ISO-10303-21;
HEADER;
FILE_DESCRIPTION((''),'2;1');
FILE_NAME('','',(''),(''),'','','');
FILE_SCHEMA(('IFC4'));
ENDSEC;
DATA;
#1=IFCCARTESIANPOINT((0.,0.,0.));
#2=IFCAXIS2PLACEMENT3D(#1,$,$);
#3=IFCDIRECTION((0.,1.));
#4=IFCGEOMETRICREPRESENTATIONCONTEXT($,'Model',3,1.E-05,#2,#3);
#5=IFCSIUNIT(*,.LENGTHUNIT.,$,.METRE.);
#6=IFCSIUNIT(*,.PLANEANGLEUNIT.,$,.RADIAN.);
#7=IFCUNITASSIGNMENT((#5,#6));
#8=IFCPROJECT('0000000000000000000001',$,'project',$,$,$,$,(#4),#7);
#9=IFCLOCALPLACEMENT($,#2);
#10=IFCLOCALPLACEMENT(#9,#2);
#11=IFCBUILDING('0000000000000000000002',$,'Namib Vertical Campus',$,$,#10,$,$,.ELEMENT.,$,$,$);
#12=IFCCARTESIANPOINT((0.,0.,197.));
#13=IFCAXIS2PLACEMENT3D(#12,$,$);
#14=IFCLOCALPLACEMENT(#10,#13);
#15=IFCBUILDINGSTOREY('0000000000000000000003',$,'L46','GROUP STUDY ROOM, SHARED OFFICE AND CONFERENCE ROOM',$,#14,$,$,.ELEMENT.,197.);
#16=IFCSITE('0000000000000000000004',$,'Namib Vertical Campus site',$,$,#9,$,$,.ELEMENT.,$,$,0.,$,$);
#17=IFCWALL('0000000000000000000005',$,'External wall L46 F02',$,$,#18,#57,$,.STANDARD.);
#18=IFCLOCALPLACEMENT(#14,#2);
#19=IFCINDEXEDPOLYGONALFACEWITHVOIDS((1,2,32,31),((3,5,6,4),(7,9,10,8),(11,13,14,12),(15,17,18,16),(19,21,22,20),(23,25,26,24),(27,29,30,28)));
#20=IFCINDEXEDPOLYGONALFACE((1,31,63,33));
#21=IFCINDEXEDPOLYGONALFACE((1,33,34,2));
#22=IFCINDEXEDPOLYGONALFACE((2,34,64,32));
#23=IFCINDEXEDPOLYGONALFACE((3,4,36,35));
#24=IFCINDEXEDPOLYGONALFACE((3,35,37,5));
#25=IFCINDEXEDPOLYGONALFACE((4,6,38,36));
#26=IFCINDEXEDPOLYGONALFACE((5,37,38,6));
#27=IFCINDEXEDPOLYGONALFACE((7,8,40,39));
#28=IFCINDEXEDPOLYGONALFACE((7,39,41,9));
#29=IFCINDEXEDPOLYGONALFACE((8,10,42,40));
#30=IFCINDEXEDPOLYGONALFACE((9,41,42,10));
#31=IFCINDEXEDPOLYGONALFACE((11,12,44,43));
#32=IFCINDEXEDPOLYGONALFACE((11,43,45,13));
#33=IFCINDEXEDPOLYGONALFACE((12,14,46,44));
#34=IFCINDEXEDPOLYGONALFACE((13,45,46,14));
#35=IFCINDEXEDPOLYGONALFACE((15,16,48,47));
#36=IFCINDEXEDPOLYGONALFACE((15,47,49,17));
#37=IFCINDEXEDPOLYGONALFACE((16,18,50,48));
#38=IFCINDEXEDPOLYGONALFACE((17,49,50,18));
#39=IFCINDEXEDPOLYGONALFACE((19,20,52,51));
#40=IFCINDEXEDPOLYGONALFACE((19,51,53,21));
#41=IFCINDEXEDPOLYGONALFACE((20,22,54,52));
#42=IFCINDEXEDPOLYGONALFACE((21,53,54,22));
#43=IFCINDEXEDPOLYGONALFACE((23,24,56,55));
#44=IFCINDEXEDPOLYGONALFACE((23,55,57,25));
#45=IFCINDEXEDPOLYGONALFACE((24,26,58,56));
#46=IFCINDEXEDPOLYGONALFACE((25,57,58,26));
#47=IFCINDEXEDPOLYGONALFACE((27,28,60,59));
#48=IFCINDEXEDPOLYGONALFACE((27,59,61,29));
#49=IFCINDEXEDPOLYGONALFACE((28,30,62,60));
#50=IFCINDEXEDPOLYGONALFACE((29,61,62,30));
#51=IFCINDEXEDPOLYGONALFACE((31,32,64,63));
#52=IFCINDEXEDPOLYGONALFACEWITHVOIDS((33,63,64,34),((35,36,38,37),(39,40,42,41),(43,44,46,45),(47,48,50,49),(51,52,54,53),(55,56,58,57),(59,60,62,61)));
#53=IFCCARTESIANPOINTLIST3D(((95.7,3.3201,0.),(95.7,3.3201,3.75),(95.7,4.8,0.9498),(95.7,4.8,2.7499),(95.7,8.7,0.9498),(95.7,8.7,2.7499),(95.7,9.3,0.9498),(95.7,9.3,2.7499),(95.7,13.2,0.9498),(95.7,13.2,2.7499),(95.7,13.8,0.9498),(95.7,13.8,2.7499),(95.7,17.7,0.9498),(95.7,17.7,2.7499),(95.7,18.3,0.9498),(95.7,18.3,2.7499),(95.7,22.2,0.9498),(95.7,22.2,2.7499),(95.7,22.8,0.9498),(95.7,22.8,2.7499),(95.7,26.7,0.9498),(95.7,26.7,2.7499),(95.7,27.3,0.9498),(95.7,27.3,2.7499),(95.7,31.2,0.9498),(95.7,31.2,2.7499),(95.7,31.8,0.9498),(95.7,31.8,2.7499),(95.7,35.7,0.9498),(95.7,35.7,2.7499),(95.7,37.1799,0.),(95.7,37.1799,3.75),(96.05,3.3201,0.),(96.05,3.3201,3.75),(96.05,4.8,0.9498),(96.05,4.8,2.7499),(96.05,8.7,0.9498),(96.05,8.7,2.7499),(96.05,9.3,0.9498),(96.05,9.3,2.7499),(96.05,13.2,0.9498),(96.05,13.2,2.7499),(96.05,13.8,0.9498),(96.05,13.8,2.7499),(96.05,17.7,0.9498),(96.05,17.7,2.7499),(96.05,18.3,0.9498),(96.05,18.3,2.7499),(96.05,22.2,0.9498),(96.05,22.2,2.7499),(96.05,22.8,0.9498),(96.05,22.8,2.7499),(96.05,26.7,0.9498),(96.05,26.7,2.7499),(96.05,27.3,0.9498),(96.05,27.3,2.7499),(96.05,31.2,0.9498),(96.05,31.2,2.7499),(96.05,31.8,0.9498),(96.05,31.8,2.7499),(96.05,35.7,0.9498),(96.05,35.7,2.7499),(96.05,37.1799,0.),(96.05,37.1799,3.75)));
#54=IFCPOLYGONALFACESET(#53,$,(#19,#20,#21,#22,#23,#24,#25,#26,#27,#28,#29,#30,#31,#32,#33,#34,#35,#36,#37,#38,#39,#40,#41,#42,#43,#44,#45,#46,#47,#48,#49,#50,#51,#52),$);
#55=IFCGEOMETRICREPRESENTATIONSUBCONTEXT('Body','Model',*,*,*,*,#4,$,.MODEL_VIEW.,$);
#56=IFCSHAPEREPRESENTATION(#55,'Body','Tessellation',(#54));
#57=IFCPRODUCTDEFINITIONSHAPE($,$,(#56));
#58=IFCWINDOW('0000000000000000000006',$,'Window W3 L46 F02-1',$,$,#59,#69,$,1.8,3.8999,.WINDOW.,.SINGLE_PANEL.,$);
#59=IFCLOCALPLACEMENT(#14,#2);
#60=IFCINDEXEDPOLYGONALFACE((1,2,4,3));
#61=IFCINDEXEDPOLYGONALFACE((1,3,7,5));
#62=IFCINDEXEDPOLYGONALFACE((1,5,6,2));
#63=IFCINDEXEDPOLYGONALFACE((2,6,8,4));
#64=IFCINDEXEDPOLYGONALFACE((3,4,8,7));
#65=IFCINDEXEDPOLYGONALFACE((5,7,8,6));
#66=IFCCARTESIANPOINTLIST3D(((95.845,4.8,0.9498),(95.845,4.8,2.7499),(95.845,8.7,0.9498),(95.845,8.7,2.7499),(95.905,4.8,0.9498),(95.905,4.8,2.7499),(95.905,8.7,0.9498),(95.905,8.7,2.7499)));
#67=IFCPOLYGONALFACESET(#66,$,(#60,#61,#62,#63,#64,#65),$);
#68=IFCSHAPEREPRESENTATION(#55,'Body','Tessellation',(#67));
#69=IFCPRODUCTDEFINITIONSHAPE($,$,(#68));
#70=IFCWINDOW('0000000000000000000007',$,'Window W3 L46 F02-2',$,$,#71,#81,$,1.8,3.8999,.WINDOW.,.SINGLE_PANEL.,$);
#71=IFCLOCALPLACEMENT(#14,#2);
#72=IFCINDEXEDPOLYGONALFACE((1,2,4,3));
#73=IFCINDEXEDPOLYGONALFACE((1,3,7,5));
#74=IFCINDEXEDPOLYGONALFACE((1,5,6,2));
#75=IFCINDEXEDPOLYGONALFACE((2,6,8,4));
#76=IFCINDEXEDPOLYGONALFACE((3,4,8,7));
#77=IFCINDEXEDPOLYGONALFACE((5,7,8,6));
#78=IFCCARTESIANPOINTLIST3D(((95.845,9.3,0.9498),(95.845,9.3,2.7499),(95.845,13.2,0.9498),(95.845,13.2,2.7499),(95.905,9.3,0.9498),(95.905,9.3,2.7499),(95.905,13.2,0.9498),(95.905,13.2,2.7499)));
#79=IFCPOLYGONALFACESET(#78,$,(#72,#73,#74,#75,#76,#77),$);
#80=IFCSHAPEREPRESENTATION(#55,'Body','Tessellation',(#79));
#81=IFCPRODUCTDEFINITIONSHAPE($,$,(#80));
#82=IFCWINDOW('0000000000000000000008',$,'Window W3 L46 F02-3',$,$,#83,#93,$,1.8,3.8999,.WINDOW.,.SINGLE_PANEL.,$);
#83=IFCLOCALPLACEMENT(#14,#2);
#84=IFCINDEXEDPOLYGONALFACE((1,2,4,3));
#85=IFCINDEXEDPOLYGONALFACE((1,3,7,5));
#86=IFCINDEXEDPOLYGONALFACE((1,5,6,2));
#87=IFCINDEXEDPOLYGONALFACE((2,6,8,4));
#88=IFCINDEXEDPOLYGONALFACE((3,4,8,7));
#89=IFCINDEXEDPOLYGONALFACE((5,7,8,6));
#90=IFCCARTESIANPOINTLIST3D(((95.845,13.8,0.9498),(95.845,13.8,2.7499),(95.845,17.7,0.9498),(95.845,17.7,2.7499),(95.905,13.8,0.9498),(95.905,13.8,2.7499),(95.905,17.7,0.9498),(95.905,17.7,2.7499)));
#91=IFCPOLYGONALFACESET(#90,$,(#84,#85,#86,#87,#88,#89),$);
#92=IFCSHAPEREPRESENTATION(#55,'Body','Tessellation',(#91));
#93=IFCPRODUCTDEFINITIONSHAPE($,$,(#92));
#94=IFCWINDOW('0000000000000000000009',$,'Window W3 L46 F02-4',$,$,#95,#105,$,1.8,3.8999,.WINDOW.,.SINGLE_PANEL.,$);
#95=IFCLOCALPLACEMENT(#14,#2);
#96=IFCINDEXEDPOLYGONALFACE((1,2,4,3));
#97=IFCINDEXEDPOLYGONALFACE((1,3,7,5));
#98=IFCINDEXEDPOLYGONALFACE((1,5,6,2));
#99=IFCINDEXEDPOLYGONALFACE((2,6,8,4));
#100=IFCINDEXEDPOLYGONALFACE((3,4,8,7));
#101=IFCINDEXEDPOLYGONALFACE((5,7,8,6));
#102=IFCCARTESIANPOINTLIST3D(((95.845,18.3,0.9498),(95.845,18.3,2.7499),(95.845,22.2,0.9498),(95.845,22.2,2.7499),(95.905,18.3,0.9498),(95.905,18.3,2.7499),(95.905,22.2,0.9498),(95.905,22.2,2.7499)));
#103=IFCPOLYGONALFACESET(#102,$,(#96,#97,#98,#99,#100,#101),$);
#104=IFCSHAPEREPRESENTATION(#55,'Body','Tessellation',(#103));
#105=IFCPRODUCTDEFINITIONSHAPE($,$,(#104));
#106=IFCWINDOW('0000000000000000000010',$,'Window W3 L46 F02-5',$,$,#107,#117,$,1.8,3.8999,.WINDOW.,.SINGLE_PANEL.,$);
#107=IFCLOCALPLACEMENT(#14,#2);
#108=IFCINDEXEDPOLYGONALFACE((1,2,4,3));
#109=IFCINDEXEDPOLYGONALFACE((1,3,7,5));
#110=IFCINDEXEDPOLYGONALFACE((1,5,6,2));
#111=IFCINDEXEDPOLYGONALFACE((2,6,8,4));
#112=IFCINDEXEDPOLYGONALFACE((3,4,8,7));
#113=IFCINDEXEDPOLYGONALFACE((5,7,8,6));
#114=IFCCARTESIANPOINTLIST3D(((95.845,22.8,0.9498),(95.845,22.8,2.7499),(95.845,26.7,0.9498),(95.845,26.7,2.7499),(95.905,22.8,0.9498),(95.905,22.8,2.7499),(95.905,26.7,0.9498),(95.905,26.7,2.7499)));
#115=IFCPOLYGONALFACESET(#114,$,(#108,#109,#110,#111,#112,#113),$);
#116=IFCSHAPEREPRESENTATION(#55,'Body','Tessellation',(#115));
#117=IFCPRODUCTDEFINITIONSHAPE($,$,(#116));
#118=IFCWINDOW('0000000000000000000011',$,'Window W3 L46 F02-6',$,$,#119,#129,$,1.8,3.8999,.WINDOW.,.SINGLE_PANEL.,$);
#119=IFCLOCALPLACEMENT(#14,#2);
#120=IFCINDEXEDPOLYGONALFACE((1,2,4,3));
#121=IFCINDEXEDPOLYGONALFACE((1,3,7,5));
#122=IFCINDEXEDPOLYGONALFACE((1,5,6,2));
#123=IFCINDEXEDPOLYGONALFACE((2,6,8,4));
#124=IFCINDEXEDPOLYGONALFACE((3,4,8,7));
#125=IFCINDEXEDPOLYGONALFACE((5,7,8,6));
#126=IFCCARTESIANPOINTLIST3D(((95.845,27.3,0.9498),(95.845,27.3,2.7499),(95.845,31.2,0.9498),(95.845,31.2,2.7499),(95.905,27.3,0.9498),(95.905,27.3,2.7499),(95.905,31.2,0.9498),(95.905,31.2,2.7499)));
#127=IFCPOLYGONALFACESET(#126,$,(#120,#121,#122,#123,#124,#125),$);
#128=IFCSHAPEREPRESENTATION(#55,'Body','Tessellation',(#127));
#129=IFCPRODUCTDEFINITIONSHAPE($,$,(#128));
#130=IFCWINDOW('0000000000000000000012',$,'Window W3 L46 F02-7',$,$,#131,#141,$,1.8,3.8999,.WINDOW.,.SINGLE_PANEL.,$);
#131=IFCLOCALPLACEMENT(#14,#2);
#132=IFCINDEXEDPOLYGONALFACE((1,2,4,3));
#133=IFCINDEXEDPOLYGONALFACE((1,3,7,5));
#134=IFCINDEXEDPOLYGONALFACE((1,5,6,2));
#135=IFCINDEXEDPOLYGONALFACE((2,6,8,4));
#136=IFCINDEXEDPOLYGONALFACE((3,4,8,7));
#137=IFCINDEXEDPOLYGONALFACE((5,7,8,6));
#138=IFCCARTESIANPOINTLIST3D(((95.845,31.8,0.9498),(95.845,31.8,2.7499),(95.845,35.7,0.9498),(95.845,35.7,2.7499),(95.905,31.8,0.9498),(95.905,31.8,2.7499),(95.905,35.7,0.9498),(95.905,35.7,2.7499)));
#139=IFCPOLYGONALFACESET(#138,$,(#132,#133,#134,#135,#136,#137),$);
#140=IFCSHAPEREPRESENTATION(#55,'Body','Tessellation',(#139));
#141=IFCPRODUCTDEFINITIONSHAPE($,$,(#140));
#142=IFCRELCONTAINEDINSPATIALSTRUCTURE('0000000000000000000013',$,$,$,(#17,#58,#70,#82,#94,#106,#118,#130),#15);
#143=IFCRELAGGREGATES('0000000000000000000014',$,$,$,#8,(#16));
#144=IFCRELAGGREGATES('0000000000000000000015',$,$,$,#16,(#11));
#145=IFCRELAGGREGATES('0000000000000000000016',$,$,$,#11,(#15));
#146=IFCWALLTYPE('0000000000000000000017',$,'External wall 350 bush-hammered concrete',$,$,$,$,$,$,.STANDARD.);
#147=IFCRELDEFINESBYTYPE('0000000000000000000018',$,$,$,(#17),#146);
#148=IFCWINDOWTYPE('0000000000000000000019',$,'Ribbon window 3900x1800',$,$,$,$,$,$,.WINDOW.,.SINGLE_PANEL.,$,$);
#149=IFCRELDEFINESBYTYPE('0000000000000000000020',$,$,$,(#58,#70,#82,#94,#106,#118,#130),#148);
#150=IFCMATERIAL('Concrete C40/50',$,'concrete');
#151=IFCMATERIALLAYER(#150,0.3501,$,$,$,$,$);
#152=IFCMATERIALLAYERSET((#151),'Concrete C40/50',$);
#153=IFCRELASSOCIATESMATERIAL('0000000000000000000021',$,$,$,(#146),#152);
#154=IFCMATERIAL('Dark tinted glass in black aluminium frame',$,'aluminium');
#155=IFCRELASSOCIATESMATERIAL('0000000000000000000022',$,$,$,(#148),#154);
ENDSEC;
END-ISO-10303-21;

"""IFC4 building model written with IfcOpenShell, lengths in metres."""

from ifc_helpers import new_model, si_unit, direction, frame, frame_2d, origin, place, context, subcontext, project, spatial, rectangle, extrude, material, layer, layer_set, type_object, element, fill, save


model = new_model("IFC4")

# Units and contexts
model_context = context("Model", 3, precision=1e-05, world=origin(), true_north=direction((0.0, 1.0)))
body_context = subcontext(model_context, "Body", "Model", "MODEL_VIEW")
ifc_project = project(units=[si_unit("LENGTHUNIT", "METRE"), si_unit("PLANEANGLEUNIT", "RADIAN")], contexts=[model_context])

# Site, building, storey
site_placement = place(None, origin())
site = spatial("IfcSite", under=ifc_project, at=site_placement, Name="Namib Vertical Campus site", CompositionType="ELEMENT", RefElevation=0.0)
building_placement = place(site_placement, origin())
building = spatial("IfcBuilding", under=site, at=building_placement, Name="Namib Vertical Campus", CompositionType="ELEMENT")
storey_placement = place(building_placement, frame((0.0, 0.0, 197.0)))
storey = spatial("IfcBuildingStorey", under=building, at=storey_placement, Name="L46", Description="GROUP STUDY ROOM, SHARED OFFICE AND CONFERENCE ROOM", CompositionType="ELEMENT", Elevation=197.0)

# Wall, openings, windows
ifc_material_1 = material(Name="Concrete C40/50", Category="concrete")
ifc_layer_1 = layer(ifc_material_1, 0.3501)
ifc_layer_set_1 = layer_set([ifc_layer_1], Name="Concrete C40/50")
wall_type_1 = type_object("IfcWallType", Name="External wall 350 bush-hammered concrete", PredefinedType="STANDARD", material=ifc_layer_set_1)
wall_1_placement = place(storey_placement, frame((95.875, 3.3201, 0.0), z_axis=(0.0, 0.0, 1.0), x_axis=(0.0, 1.0, 0.0)))
wall_1 = element("IfcWall", 1, at=wall_1_placement, inside=storey, type_object=wall_type_1, Name="External wall L46 F02", PredefinedType="STANDARD", context=body_context, shape_type="SweptSolid", body=[
    extrude(rectangle(XDim=33.8599, YDim=0.3501, at=frame_2d((16.9299, 0.0))), origin(), (0.0, 0.0, 1.0), 3.75),
])
opening_1_placement = place(wall_1_placement, frame((1.48, 0.0, 0.95)))
opening_1 = element("IfcOpeningElement", 2, at=opening_1_placement, cuts=wall_1, PredefinedType="OPENING", context=body_context, shape_type="SweptSolid", body=[
    extrude(rectangle(XDim=3.8999, YDim=1.8, at=frame_2d((1.95, 0.8999))), frame((0.0, 0.1851, 0.0), z_axis=(0.0, -1.0, 0.0), x_axis=(1.0, 0.0, 0.0)), (0.0, 0.0, 1.0), 0.3701),
])
opening_2_placement = place(wall_1_placement, frame((5.98, 0.0, 0.95)))
opening_2 = element("IfcOpeningElement", 3, at=opening_2_placement, cuts=wall_1, PredefinedType="OPENING", context=body_context, shape_type="SweptSolid", body=[
    extrude(rectangle(XDim=3.8999, YDim=1.8, at=frame_2d((1.95, 0.8999))), frame((0.0, 0.1851, 0.0), z_axis=(0.0, -1.0, 0.0), x_axis=(1.0, 0.0, 0.0)), (0.0, 0.0, 1.0), 0.3701),
])
opening_3_placement = place(wall_1_placement, frame((10.48, 0.0, 0.95)))
opening_3 = element("IfcOpeningElement", 4, at=opening_3_placement, cuts=wall_1, PredefinedType="OPENING", context=body_context, shape_type="SweptSolid", body=[
    extrude(rectangle(XDim=3.8999, YDim=1.8, at=frame_2d((1.95, 0.8999))), frame((0.0, 0.1851, 0.0), z_axis=(0.0, -1.0, 0.0), x_axis=(1.0, 0.0, 0.0)), (0.0, 0.0, 1.0), 0.3701),
])
opening_4_placement = place(wall_1_placement, frame((14.98, 0.0, 0.95)))
opening_4 = element("IfcOpeningElement", 5, at=opening_4_placement, cuts=wall_1, PredefinedType="OPENING", context=body_context, shape_type="SweptSolid", body=[
    extrude(rectangle(XDim=3.8999, YDim=1.8, at=frame_2d((1.95, 0.8999))), frame((0.0, 0.1851, 0.0), z_axis=(0.0, -1.0, 0.0), x_axis=(1.0, 0.0, 0.0)), (0.0, 0.0, 1.0), 0.3701),
])
opening_5_placement = place(wall_1_placement, frame((19.48, 0.0, 0.95)))
opening_5 = element("IfcOpeningElement", 6, at=opening_5_placement, cuts=wall_1, PredefinedType="OPENING", context=body_context, shape_type="SweptSolid", body=[
    extrude(rectangle(XDim=3.8999, YDim=1.8, at=frame_2d((1.95, 0.8999))), frame((0.0, 0.1851, 0.0), z_axis=(0.0, -1.0, 0.0), x_axis=(1.0, 0.0, 0.0)), (0.0, 0.0, 1.0), 0.3701),
])
opening_6_placement = place(wall_1_placement, frame((23.98, 0.0, 0.95)))
opening_6 = element("IfcOpeningElement", 7, at=opening_6_placement, cuts=wall_1, PredefinedType="OPENING", context=body_context, shape_type="SweptSolid", body=[
    extrude(rectangle(XDim=3.8999, YDim=1.8, at=frame_2d((1.95, 0.8999))), frame((0.0, 0.1851, 0.0), z_axis=(0.0, -1.0, 0.0), x_axis=(1.0, 0.0, 0.0)), (0.0, 0.0, 1.0), 0.3701),
])
opening_7_placement = place(wall_1_placement, frame((28.48, 0.0, 0.95)))
opening_7 = element("IfcOpeningElement", 8, at=opening_7_placement, cuts=wall_1, PredefinedType="OPENING", context=body_context, shape_type="SweptSolid", body=[
    extrude(rectangle(XDim=3.8999, YDim=1.8, at=frame_2d((1.95, 0.8999))), frame((0.0, 0.1851, 0.0), z_axis=(0.0, -1.0, 0.0), x_axis=(1.0, 0.0, 0.0)), (0.0, 0.0, 1.0), 0.3701),
])
ifc_material_2 = material(Name="Dark tinted glass in black aluminium frame", Category="aluminium")
window_type = type_object("IfcWindowType", Name="Ribbon window 3900x1800", PartitioningType="SINGLE_PANEL", PredefinedType="WINDOW", material=ifc_material_2)
window_1_placement = place(opening_1_placement, origin())
window_1 = element("IfcWindow", 9, at=window_1_placement, inside=storey, type_object=window_type, Name="Window W3 L46 F02-1", OverallHeight=1.8, OverallWidth=3.8999, PartitioningType="SINGLE_PANEL", PredefinedType="WINDOW", context=body_context, shape_type="SweptSolid", body=[
    extrude(rectangle(XDim=3.8999, YDim=1.8, at=frame_2d((1.95, 0.8999))), frame((0.0, 0.03, 0.0), z_axis=(0.0, -1.0, 0.0), x_axis=(1.0, 0.0, 0.0)), (0.0, 0.0, 1.0), 0.0601),
])
fill(opening_1, window_1)
window_2_placement = place(opening_2_placement, origin())
window_2 = element("IfcWindow", 10, at=window_2_placement, inside=storey, type_object=window_type, Name="Window W3 L46 F02-2", OverallHeight=1.8, OverallWidth=3.8999, PartitioningType="SINGLE_PANEL", PredefinedType="WINDOW", context=body_context, shape_type="SweptSolid", body=[
    extrude(rectangle(XDim=3.8999, YDim=1.8, at=frame_2d((1.95, 0.8999))), frame((0.0, 0.03, 0.0), z_axis=(0.0, -1.0, 0.0), x_axis=(1.0, 0.0, 0.0)), (0.0, 0.0, 1.0), 0.0601),
])
fill(opening_2, window_2)
window_3_placement = place(opening_3_placement, origin())
window_3 = element("IfcWindow", 11, at=window_3_placement, inside=storey, type_object=window_type, Name="Window W3 L46 F02-3", OverallHeight=1.8, OverallWidth=3.8999, PartitioningType="SINGLE_PANEL", PredefinedType="WINDOW", context=body_context, shape_type="SweptSolid", body=[
    extrude(rectangle(XDim=3.8999, YDim=1.8, at=frame_2d((1.95, 0.8999))), frame((0.0, 0.03, 0.0), z_axis=(0.0, -1.0, 0.0), x_axis=(1.0, 0.0, 0.0)), (0.0, 0.0, 1.0), 0.0601),
])
fill(opening_3, window_3)
window_4_placement = place(opening_4_placement, origin())
window_4 = element("IfcWindow", 12, at=window_4_placement, inside=storey, type_object=window_type, Name="Window W3 L46 F02-4", OverallHeight=1.8, OverallWidth=3.8999, PartitioningType="SINGLE_PANEL", PredefinedType="WINDOW", context=body_context, shape_type="SweptSolid", body=[
    extrude(rectangle(XDim=3.8999, YDim=1.8, at=frame_2d((1.95, 0.8999))), frame((0.0, 0.03, 0.0), z_axis=(0.0, -1.0, 0.0), x_axis=(1.0, 0.0, 0.0)), (0.0, 0.0, 1.0), 0.0601),
])
fill(opening_4, window_4)
window_5_placement = place(opening_5_placement, origin())
window_5 = element("IfcWindow", 13, at=window_5_placement, inside=storey, type_object=window_type, Name="Window W3 L46 F02-5", OverallHeight=1.8, OverallWidth=3.8999, PartitioningType="SINGLE_PANEL", PredefinedType="WINDOW", context=body_context, shape_type="SweptSolid", body=[
    extrude(rectangle(XDim=3.8999, YDim=1.8, at=frame_2d((1.95, 0.8999))), frame((0.0, 0.03, 0.0), z_axis=(0.0, -1.0, 0.0), x_axis=(1.0, 0.0, 0.0)), (0.0, 0.0, 1.0), 0.0601),
])
fill(opening_5, window_5)
window_6_placement = place(opening_6_placement, origin())
window_6 = element("IfcWindow", 14, at=window_6_placement, inside=storey, type_object=window_type, Name="Window W3 L46 F02-6", OverallHeight=1.8, OverallWidth=3.8999, PartitioningType="SINGLE_PANEL", PredefinedType="WINDOW", context=body_context, shape_type="SweptSolid", body=[
    extrude(rectangle(XDim=3.8999, YDim=1.8, at=frame_2d((1.95, 0.8999))), frame((0.0, 0.03, 0.0), z_axis=(0.0, -1.0, 0.0), x_axis=(1.0, 0.0, 0.0)), (0.0, 0.0, 1.0), 0.0601),
])
fill(opening_6, window_6)
window_7_placement = place(opening_7_placement, origin())
window_7 = element("IfcWindow", 15, at=window_7_placement, inside=storey, type_object=window_type, Name="Window W3 L46 F02-7", OverallHeight=1.8, OverallWidth=3.8999, PartitioningType="SINGLE_PANEL", PredefinedType="WINDOW", context=body_context, shape_type="SweptSolid", body=[
    extrude(rectangle(XDim=3.8999, YDim=1.8, at=frame_2d((1.95, 0.8999))), frame((0.0, 0.03, 0.0), z_axis=(0.0, -1.0, 0.0), x_axis=(1.0, 0.0, 0.0)), (0.0, 0.0, 1.0), 0.0601),
])
fill(opening_7, window_7)

save(model, "model.ifc")
